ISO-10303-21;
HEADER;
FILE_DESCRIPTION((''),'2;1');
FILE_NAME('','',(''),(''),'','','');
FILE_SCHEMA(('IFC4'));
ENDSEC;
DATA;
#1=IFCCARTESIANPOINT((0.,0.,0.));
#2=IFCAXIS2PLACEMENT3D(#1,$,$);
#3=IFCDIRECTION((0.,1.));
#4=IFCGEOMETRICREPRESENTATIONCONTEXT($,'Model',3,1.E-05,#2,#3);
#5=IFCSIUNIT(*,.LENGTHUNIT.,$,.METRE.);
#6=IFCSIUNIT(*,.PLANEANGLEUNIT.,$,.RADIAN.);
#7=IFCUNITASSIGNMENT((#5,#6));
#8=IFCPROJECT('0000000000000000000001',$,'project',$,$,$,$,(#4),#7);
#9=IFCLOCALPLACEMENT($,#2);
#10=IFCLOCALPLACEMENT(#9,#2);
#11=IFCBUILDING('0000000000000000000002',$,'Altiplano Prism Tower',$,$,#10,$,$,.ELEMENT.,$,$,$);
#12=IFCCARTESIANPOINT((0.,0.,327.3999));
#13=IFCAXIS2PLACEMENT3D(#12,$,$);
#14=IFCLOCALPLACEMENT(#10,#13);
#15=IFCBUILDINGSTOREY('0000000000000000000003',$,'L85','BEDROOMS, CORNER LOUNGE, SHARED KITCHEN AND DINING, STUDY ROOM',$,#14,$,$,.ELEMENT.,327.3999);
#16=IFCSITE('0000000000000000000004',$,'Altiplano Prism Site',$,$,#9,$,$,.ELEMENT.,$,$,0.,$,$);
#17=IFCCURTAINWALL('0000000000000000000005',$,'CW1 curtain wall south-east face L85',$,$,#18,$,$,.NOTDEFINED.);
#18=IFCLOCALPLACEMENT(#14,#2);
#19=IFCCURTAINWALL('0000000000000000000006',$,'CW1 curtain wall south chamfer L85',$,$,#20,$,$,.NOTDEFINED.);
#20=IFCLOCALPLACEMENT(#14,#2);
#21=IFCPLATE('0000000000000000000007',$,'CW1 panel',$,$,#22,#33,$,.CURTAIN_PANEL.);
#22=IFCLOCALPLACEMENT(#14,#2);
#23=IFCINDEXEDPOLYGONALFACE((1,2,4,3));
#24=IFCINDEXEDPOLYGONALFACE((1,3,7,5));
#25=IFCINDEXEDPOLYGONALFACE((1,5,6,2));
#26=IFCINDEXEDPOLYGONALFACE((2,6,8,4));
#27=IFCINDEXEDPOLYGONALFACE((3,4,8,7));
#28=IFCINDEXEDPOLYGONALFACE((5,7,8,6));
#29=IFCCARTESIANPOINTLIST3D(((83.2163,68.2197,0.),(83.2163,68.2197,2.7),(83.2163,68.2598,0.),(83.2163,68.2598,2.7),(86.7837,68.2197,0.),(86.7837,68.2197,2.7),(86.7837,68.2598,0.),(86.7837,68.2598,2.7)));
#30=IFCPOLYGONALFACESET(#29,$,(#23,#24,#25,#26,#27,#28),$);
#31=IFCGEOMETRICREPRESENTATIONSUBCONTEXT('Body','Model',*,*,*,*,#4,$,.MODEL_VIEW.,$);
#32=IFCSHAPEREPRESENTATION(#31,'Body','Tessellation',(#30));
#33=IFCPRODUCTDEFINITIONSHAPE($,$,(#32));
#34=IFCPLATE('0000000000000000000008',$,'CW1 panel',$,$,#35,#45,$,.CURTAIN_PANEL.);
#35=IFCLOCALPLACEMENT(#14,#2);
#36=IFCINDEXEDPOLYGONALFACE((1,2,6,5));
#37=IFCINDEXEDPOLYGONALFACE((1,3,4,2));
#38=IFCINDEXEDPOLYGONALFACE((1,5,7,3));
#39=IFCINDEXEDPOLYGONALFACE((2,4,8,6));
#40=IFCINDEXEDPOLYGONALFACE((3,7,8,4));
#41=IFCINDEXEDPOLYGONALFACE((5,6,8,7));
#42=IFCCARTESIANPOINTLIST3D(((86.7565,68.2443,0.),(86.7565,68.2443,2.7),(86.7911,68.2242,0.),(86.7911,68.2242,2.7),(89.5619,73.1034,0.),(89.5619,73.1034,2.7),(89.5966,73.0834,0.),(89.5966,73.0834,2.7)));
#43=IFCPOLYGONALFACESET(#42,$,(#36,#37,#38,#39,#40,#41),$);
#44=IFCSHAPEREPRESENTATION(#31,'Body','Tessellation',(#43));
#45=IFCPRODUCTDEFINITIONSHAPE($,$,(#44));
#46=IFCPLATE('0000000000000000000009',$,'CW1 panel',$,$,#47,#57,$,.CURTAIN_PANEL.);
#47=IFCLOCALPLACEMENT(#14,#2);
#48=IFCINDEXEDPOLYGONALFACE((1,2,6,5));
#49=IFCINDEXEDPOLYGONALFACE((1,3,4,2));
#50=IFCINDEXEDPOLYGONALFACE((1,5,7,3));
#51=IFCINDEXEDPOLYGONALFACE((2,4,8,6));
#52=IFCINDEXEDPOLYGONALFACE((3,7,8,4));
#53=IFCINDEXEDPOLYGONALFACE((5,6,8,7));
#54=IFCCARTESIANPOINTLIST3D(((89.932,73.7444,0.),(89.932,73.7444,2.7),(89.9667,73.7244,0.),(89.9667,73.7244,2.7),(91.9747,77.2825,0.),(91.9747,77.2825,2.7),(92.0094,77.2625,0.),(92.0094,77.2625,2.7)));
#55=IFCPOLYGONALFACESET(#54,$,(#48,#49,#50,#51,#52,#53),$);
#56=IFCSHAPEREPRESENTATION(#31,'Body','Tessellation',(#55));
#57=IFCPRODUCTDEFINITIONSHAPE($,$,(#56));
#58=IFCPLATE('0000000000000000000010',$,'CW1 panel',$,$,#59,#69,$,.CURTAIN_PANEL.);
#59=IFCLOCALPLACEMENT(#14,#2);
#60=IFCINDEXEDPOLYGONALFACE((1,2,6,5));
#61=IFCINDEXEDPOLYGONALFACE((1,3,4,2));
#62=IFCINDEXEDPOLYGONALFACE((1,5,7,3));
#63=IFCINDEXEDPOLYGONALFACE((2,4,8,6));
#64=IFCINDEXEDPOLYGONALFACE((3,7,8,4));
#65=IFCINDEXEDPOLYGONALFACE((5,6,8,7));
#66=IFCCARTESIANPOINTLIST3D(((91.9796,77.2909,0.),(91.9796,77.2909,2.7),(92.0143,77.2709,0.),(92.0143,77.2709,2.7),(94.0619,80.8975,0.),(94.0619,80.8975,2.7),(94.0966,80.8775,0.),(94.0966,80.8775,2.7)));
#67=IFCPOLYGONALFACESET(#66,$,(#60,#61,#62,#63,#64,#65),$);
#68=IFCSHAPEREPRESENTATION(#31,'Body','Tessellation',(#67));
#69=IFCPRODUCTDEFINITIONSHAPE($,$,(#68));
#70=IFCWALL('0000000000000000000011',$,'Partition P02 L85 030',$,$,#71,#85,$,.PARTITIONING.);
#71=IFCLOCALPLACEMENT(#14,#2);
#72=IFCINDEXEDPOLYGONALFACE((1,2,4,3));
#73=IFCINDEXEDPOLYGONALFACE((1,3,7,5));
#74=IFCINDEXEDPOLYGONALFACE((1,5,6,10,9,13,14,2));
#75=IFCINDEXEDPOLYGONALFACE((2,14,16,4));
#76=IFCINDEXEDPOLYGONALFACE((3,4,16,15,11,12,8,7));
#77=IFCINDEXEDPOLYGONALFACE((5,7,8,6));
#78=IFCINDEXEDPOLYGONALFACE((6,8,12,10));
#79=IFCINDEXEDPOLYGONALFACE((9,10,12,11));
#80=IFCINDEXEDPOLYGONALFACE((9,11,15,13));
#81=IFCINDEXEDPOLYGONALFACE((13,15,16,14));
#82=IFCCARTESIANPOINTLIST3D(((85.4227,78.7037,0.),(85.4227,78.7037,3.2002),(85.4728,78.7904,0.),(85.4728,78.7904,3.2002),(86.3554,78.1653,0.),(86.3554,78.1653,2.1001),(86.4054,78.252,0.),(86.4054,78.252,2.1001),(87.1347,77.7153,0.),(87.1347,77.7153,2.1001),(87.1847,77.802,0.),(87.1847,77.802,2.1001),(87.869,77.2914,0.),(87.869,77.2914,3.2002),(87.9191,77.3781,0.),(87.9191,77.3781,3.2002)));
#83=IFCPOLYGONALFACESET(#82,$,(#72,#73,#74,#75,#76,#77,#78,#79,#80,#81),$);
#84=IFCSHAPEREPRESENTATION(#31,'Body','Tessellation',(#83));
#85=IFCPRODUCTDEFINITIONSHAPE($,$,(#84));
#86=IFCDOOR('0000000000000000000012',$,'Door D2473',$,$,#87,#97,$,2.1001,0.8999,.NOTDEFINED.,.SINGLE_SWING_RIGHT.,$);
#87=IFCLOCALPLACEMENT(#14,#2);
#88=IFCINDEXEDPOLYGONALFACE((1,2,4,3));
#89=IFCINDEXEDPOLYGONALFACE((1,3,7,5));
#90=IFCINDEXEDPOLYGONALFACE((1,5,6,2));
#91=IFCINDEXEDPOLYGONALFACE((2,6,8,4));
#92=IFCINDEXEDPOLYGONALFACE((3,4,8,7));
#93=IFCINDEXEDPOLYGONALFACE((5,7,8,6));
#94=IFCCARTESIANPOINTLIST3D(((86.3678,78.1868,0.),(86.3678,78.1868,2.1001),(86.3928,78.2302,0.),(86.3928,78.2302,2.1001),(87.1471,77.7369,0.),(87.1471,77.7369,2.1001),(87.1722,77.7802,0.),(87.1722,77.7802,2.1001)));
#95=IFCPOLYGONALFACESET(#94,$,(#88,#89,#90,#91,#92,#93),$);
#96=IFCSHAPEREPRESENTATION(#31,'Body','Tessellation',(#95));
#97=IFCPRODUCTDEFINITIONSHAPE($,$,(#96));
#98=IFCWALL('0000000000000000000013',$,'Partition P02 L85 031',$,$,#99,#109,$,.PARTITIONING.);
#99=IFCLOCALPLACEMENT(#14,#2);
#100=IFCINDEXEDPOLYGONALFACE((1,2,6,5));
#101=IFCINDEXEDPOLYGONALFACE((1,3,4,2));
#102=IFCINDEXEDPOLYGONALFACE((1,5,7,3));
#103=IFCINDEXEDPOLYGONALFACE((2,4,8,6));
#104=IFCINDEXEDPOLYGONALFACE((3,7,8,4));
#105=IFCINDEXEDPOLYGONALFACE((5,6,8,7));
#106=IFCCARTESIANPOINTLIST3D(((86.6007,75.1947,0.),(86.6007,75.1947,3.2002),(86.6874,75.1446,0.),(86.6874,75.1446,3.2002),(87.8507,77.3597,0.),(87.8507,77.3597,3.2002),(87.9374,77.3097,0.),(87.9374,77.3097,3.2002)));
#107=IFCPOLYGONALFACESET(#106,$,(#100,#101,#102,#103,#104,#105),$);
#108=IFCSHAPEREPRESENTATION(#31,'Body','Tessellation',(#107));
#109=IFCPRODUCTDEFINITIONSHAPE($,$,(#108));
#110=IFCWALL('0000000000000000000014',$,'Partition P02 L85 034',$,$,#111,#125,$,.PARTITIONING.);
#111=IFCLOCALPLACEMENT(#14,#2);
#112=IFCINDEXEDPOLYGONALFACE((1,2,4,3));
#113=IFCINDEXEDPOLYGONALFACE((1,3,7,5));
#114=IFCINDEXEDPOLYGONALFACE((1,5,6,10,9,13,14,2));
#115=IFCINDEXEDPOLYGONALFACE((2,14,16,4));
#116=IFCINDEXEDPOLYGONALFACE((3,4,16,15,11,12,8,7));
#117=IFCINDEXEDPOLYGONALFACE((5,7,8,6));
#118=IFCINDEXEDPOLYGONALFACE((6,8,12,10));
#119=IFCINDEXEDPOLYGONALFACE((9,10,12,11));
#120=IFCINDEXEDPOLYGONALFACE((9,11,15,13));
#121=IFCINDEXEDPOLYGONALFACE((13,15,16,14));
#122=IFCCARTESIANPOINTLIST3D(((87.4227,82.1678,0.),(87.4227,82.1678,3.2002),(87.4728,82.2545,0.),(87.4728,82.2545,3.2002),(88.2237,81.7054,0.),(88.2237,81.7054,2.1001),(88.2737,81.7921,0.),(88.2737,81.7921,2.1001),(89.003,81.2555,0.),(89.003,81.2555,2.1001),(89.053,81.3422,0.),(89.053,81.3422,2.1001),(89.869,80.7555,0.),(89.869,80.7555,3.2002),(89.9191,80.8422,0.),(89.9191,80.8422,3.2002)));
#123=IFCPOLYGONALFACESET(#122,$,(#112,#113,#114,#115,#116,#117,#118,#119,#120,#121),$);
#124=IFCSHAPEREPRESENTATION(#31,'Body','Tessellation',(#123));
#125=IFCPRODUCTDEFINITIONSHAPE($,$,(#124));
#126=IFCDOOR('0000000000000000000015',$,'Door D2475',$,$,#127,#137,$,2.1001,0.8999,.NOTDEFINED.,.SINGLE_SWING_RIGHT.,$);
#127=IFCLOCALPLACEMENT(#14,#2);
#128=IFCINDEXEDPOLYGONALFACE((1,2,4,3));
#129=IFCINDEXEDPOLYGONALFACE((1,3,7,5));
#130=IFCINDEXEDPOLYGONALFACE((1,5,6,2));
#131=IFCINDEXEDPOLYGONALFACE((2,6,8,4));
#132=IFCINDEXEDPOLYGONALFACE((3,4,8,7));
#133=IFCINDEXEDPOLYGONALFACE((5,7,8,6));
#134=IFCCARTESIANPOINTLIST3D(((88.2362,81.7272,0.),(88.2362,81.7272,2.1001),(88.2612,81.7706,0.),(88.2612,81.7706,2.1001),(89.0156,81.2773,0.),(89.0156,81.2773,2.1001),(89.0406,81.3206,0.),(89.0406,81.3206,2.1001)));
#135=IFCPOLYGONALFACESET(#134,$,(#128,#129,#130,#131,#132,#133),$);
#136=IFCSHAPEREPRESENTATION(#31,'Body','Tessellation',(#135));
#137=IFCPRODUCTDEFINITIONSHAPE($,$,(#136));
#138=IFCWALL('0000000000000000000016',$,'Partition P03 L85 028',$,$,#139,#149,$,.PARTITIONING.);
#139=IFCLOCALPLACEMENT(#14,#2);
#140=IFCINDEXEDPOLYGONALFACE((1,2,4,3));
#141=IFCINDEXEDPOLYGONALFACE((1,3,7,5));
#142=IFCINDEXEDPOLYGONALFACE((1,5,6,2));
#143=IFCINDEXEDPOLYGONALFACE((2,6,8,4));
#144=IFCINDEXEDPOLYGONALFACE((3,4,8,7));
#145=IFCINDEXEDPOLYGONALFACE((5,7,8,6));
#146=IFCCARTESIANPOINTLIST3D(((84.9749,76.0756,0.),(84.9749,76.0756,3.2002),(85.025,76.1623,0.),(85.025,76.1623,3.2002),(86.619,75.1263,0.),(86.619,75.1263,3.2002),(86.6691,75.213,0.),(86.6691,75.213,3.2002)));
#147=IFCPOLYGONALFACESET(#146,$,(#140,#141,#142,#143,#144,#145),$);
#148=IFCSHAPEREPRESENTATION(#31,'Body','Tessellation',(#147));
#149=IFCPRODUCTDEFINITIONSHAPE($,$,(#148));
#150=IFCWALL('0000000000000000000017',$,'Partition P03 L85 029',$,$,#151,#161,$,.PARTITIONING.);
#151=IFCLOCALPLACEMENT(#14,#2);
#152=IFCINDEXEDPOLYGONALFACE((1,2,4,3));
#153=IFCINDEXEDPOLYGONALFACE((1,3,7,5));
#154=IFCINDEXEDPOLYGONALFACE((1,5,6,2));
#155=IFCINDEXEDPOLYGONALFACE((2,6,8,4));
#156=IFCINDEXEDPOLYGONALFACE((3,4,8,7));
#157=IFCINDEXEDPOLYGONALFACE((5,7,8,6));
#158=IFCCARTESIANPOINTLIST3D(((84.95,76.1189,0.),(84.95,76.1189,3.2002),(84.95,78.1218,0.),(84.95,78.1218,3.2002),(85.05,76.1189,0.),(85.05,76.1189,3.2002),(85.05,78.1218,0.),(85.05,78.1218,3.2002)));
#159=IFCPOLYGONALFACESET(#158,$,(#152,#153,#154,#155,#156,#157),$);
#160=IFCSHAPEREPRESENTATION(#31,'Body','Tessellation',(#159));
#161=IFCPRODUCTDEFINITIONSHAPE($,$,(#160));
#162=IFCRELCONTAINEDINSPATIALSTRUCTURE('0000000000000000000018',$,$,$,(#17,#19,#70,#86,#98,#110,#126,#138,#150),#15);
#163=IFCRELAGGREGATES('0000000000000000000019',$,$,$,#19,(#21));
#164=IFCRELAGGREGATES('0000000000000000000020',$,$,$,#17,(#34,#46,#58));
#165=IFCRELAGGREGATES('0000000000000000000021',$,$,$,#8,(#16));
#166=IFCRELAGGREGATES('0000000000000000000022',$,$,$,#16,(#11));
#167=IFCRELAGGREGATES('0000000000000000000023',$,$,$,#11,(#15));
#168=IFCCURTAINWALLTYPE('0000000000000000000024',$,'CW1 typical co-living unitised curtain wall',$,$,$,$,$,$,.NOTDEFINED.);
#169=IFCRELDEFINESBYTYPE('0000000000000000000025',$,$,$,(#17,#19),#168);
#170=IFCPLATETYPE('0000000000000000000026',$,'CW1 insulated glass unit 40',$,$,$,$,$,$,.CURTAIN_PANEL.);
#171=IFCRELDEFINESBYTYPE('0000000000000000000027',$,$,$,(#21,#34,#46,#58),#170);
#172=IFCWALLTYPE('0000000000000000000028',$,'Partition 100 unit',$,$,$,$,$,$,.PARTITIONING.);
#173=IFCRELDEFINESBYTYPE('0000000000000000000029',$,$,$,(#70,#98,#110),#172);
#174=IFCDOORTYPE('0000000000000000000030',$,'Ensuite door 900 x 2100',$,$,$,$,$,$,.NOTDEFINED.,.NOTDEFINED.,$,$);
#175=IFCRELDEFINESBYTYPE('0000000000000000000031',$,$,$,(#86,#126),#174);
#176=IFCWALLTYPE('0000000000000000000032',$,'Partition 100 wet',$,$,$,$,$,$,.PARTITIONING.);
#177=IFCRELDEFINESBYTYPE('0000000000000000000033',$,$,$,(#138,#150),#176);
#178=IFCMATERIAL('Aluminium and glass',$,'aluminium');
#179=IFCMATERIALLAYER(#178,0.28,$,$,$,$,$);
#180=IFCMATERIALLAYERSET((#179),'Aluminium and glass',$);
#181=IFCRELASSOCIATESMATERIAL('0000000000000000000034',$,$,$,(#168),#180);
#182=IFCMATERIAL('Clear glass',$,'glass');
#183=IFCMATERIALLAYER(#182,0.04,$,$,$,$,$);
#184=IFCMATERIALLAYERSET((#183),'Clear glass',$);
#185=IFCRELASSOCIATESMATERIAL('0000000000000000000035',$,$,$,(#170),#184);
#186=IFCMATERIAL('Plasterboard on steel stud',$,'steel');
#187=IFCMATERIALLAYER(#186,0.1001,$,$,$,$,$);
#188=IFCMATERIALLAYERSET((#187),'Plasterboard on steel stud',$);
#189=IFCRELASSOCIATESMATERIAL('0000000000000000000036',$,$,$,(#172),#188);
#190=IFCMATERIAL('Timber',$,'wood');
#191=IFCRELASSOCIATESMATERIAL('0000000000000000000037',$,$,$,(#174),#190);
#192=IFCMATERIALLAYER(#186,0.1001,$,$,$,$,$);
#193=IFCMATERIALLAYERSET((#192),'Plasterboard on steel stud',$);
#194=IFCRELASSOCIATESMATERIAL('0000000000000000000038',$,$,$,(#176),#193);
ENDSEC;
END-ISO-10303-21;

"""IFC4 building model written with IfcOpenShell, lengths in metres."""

from ifc_helpers import new_model, si_unit, direction, frame, frame_2d, origin, origin_2d, place, context, subcontext, project, spatial, rectangle, extrude, material, layer, layer_set, type_object, element, fill, aggregate, save


model = new_model("IFC4")

# Units and contexts
model_context = context("Model", 3, precision=1e-05, world=origin(), true_north=direction((0.0, 1.0)))
body_context = subcontext(model_context, "Body", "Model", "MODEL_VIEW")
ifc_project = project(units=[si_unit("LENGTHUNIT", "METRE"), si_unit("PLANEANGLEUNIT", "RADIAN")], contexts=[model_context])

# Site, building, storey
site_placement = place(None, origin())
site = spatial("IfcSite", under=ifc_project, at=site_placement, Name="Altiplano Prism Site", CompositionType="ELEMENT", RefElevation=0.0)
building_placement = place(site_placement, origin())
building = spatial("IfcBuilding", under=site, at=building_placement, Name="Altiplano Prism Tower", CompositionType="ELEMENT")
storey_placement = place(building_placement, frame((0.0, 0.0, 327.3999)))
storey = spatial("IfcBuildingStorey", under=building, at=storey_placement, Name="L85", Description="BEDROOMS, CORNER LOUNGE, SHARED KITCHEN AND DINING, STUDY ROOM", CompositionType="ELEMENT", Elevation=327.3999)

# Curtain walls
ifc_material_1 = material(Name="Aluminium and glass", Category="aluminium")
ifc_layer_1 = layer(ifc_material_1, 0.28)
ifc_layer_set_1 = layer_set([ifc_layer_1], Name="Aluminium and glass")
curtain_wall_type = type_object("IfcCurtainWallType", Name="CW1 typical co-living unitised curtain wall", PredefinedType="NOTDEFINED", material=ifc_layer_set_1)
curtain_wall_1_placement = place(storey_placement, origin())
curtain_wall_1 = element("IfcCurtainWall", 1, at=curtain_wall_1_placement, inside=storey, type_object=curtain_wall_type, Name="CW1 curtain wall south-east face L85", PredefinedType="NOTDEFINED")
curtain_wall_2_placement = place(storey_placement, origin())
curtain_wall_2 = element("IfcCurtainWall", 2, at=curtain_wall_2_placement, inside=storey, type_object=curtain_wall_type, Name="CW1 curtain wall south chamfer L85", PredefinedType="NOTDEFINED")

# Plates
ifc_material_2 = material(Name="Clear glass", Category="glass")
ifc_layer_2 = layer(ifc_material_2, 0.04)
ifc_layer_set_2 = layer_set([ifc_layer_2], Name="Clear glass")
plate_type = type_object("IfcPlateType", Name="CW1 insulated glass unit 40", PredefinedType="CURTAIN_PANEL", material=ifc_layer_set_2)
plate_1_placement = place(storey_placement, frame((85.0, 68.2397, 0.0), z_axis=(0.0, 0.0, 1.0), x_axis=(1.0, 0.0, 0.0)))
plate_1 = element("IfcPlate", 3, at=plate_1_placement, type_object=plate_type, Name="CW1 panel", PredefinedType="CURTAIN_PANEL", context=body_context, shape_type="SweptSolid", body=[
    extrude(rectangle(XDim=3.5674, YDim=0.04, at=origin_2d()), origin(), (0.0, 0.0, 1.0), 2.7),
])
aggregate(curtain_wall_2, [plate_1])
plate_2_placement = place(storey_placement, frame((88.1765, 70.6638, 0.0), z_axis=(0.0, 0.0, 1.0), x_axis=(0.5, 0.866025, 0.0)))
plate_2 = element("IfcPlate", 4, at=plate_2_placement, type_object=plate_type, Name="CW1 panel", PredefinedType="CURTAIN_PANEL", context=body_context, shape_type="SweptSolid", body=[
    extrude(rectangle(XDim=5.6108, YDim=0.04, at=origin_2d()), origin(), (0.0, 0.0, 1.0), 2.7),
])
plate_3_placement = place(storey_placement, frame((90.9707, 75.5034, 0.0), z_axis=(0.0, 0.0, 1.0), x_axis=(0.5, 0.866025, 0.0)))
plate_3 = element("IfcPlate", 5, at=plate_3_placement, type_object=plate_type, Name="CW1 panel", PredefinedType="CURTAIN_PANEL", context=body_context, shape_type="SweptSolid", body=[
    extrude(rectangle(XDim=4.0854, YDim=0.04, at=origin_2d()), origin(), (0.0, 0.0, 1.0), 2.7),
])
plate_4_placement = place(storey_placement, frame((93.0381, 79.0842, 0.0), z_axis=(0.0, 0.0, 1.0), x_axis=(0.5, 0.866025, 0.0)))
plate_4 = element("IfcPlate", 6, at=plate_4_placement, type_object=plate_type, Name="CW1 panel", PredefinedType="CURTAIN_PANEL", context=body_context, shape_type="SweptSolid", body=[
    extrude(rectangle(XDim=4.1646, YDim=0.04, at=origin_2d()), origin(), (0.0, 0.0, 1.0), 2.7),
])
aggregate(curtain_wall_1, [plate_2, plate_3, plate_4])

# Wall, opening, door
ifc_material_3 = material(Name="Plasterboard on steel stud", Category="steel")
ifc_layer_3 = layer(ifc_material_3, 0.1001)
ifc_layer_set_3 = layer_set([ifc_layer_3], Name="Plasterboard on steel stud")
wall_type_1 = type_object("IfcWallType", Name="Partition 100 unit", PredefinedType="PARTITIONING", material=ifc_layer_set_3)
wall_1_placement = place(storey_placement, frame((85.4478, 78.7471, 0.0), z_axis=(0.0, 0.0, 1.0), x_axis=(0.866027, -0.499997, 0.0)))
wall_1 = element("IfcWall", 7, at=wall_1_placement, inside=storey, type_object=wall_type_1, Name="Partition P02 L85 030", PredefinedType="PARTITIONING", context=body_context, shape_type="SweptSolid", body=[
    extrude(rectangle(XDim=2.8247, YDim=0.1001, at=frame_2d((1.4124, 0.0))), origin(), (0.0, 0.0, 1.0), 3.2002),
])
opening_1_placement = place(wall_1_placement, frame((1.0769, 0.0, 0.0)))
opening_1 = element("IfcOpeningElement", 8, at=opening_1_placement, cuts=wall_1, PredefinedType="OPENING", context=body_context, shape_type="SweptSolid", body=[
    extrude(rectangle(XDim=0.8999, YDim=2.1001, at=frame_2d((0.45, 1.05))), frame((0.0, 0.0605, 0.0), z_axis=(0.0, -1.0, 0.0), x_axis=(1.0, 0.0, 0.0)), (0.0, 0.0, 1.0), 0.1211),
])
ifc_material_4 = material(Name="Timber", Category="wood")
door_type_1 = type_object("IfcDoorType", Name="Ensuite door 900 x 2100", OperationType="NOTDEFINED", PredefinedType="NOTDEFINED", material=ifc_material_4)
door_1_placement = place(opening_1_placement, origin())
door_1 = element("IfcDoor", 9, at=door_1_placement, inside=storey, type_object=door_type_1, Name="Door D2473", OperationType="SINGLE_SWING_RIGHT", OverallHeight=2.1001, OverallWidth=0.8999, PredefinedType="NOTDEFINED", context=body_context, shape_type="SweptSolid", body=[
    extrude(rectangle(XDim=0.8999, YDim=2.1001, at=frame_2d((0.45, 1.05))), frame((0.0, 0.0249, 0.0), z_axis=(0.0, -1.0, 0.0), x_axis=(1.0, 0.0, 0.0)), (0.0, 0.0, 1.0), 0.05),
])
fill(opening_1, door_1)

# Wall
wall_2_placement = place(storey_placement, frame((87.894, 77.3347, 0.0), z_axis=(0.0, 0.0, 1.0), x_axis=(-0.500004, -0.866023, 0.0)))
element("IfcWall", 10, at=wall_2_placement, inside=storey, type_object=wall_type_1, Name="Partition P02 L85 031", PredefinedType="PARTITIONING", context=body_context, shape_type="SweptSolid", body=[
    extrude(rectangle(XDim=2.5, YDim=0.1001, at=frame_2d((1.25, 0.0))), origin(), (0.0, 0.0, 1.0), 3.2002),
])

# Wall, opening, door
wall_3_placement = place(storey_placement, frame((89.894, 80.7988, 0.0), z_axis=(0.0, 0.0, 1.0), x_axis=(-0.866027, 0.499997, 0.0)))
wall_3 = element("IfcWall", 11, at=wall_3_placement, inside=storey, type_object=wall_type_1, Name="Partition P02 L85 034", PredefinedType="PARTITIONING", context=body_context, shape_type="SweptSolid", body=[
    extrude(rectangle(XDim=2.8247, YDim=0.1001, at=frame_2d((1.4124, 0.0))), origin(), (0.0, 0.0, 1.0), 3.2002),
])
opening_2_placement = place(wall_3_placement, frame((1.0, 0.0, 0.0)))
opening_2 = element("IfcOpeningElement", 12, at=opening_2_placement, cuts=wall_3, PredefinedType="OPENING", context=body_context, shape_type="SweptSolid", body=[
    extrude(rectangle(XDim=0.8999, YDim=2.1001, at=frame_2d((0.45, 1.05))), frame((0.0, 0.0605, 0.0), z_axis=(0.0, -1.0, 0.0), x_axis=(1.0, 0.0, 0.0)), (0.0, 0.0, 1.0), 0.1211),
])
door_2_placement = place(opening_2_placement, origin())
door_2 = element("IfcDoor", 13, at=door_2_placement, inside=storey, type_object=door_type_1, Name="Door D2475", OperationType="SINGLE_SWING_RIGHT", OverallHeight=2.1001, OverallWidth=0.8999, PredefinedType="NOTDEFINED", context=body_context, shape_type="SweptSolid", body=[
    extrude(rectangle(XDim=0.8999, YDim=2.1001, at=frame_2d((0.45, 1.05))), frame((0.0, 0.0249, 0.0), z_axis=(0.0, -1.0, 0.0), x_axis=(1.0, 0.0, 0.0)), (0.0, 0.0, 1.0), 0.05),
])
fill(opening_2, door_2)

# Walls
ifc_layer_4 = layer(ifc_material_3, 0.1001)
ifc_layer_set_4 = layer_set([ifc_layer_4], Name="Plasterboard on steel stud")
wall_type_2 = type_object("IfcWallType", Name="Partition 100 wet", PredefinedType="PARTITIONING", material=ifc_layer_set_4)
wall_4_placement = place(storey_placement, frame((86.644, 75.1697, 0.0), z_axis=(0.0, 0.0, 1.0), x_axis=(-0.866019, 0.500012, 0.0)))
element("IfcWall", 14, at=wall_4_placement, inside=storey, type_object=wall_type_2, Name="Partition P03 L85 028", PredefinedType="PARTITIONING", context=body_context, shape_type="SweptSolid", body=[
    extrude(rectangle(XDim=1.8984, YDim=0.1001, at=frame_2d((0.9492, 0.0))), origin(), (0.0, 0.0, 1.0), 3.2002),
])
wall_5_placement = place(storey_placement, frame((85.0, 76.1189, 0.0), z_axis=(0.0, 0.0, 1.0), x_axis=(0.0, 1.0, 0.0)))
element("IfcWall", 15, at=wall_5_placement, inside=storey, type_object=wall_type_2, Name="Partition P03 L85 029", PredefinedType="PARTITIONING", context=body_context, shape_type="SweptSolid", body=[
    extrude(rectangle(XDim=2.0029, YDim=0.1001, at=frame_2d((1.0015, 0.0))), origin(), (0.0, 0.0, 1.0), 3.2002),
])

save(model, "model.ifc")
